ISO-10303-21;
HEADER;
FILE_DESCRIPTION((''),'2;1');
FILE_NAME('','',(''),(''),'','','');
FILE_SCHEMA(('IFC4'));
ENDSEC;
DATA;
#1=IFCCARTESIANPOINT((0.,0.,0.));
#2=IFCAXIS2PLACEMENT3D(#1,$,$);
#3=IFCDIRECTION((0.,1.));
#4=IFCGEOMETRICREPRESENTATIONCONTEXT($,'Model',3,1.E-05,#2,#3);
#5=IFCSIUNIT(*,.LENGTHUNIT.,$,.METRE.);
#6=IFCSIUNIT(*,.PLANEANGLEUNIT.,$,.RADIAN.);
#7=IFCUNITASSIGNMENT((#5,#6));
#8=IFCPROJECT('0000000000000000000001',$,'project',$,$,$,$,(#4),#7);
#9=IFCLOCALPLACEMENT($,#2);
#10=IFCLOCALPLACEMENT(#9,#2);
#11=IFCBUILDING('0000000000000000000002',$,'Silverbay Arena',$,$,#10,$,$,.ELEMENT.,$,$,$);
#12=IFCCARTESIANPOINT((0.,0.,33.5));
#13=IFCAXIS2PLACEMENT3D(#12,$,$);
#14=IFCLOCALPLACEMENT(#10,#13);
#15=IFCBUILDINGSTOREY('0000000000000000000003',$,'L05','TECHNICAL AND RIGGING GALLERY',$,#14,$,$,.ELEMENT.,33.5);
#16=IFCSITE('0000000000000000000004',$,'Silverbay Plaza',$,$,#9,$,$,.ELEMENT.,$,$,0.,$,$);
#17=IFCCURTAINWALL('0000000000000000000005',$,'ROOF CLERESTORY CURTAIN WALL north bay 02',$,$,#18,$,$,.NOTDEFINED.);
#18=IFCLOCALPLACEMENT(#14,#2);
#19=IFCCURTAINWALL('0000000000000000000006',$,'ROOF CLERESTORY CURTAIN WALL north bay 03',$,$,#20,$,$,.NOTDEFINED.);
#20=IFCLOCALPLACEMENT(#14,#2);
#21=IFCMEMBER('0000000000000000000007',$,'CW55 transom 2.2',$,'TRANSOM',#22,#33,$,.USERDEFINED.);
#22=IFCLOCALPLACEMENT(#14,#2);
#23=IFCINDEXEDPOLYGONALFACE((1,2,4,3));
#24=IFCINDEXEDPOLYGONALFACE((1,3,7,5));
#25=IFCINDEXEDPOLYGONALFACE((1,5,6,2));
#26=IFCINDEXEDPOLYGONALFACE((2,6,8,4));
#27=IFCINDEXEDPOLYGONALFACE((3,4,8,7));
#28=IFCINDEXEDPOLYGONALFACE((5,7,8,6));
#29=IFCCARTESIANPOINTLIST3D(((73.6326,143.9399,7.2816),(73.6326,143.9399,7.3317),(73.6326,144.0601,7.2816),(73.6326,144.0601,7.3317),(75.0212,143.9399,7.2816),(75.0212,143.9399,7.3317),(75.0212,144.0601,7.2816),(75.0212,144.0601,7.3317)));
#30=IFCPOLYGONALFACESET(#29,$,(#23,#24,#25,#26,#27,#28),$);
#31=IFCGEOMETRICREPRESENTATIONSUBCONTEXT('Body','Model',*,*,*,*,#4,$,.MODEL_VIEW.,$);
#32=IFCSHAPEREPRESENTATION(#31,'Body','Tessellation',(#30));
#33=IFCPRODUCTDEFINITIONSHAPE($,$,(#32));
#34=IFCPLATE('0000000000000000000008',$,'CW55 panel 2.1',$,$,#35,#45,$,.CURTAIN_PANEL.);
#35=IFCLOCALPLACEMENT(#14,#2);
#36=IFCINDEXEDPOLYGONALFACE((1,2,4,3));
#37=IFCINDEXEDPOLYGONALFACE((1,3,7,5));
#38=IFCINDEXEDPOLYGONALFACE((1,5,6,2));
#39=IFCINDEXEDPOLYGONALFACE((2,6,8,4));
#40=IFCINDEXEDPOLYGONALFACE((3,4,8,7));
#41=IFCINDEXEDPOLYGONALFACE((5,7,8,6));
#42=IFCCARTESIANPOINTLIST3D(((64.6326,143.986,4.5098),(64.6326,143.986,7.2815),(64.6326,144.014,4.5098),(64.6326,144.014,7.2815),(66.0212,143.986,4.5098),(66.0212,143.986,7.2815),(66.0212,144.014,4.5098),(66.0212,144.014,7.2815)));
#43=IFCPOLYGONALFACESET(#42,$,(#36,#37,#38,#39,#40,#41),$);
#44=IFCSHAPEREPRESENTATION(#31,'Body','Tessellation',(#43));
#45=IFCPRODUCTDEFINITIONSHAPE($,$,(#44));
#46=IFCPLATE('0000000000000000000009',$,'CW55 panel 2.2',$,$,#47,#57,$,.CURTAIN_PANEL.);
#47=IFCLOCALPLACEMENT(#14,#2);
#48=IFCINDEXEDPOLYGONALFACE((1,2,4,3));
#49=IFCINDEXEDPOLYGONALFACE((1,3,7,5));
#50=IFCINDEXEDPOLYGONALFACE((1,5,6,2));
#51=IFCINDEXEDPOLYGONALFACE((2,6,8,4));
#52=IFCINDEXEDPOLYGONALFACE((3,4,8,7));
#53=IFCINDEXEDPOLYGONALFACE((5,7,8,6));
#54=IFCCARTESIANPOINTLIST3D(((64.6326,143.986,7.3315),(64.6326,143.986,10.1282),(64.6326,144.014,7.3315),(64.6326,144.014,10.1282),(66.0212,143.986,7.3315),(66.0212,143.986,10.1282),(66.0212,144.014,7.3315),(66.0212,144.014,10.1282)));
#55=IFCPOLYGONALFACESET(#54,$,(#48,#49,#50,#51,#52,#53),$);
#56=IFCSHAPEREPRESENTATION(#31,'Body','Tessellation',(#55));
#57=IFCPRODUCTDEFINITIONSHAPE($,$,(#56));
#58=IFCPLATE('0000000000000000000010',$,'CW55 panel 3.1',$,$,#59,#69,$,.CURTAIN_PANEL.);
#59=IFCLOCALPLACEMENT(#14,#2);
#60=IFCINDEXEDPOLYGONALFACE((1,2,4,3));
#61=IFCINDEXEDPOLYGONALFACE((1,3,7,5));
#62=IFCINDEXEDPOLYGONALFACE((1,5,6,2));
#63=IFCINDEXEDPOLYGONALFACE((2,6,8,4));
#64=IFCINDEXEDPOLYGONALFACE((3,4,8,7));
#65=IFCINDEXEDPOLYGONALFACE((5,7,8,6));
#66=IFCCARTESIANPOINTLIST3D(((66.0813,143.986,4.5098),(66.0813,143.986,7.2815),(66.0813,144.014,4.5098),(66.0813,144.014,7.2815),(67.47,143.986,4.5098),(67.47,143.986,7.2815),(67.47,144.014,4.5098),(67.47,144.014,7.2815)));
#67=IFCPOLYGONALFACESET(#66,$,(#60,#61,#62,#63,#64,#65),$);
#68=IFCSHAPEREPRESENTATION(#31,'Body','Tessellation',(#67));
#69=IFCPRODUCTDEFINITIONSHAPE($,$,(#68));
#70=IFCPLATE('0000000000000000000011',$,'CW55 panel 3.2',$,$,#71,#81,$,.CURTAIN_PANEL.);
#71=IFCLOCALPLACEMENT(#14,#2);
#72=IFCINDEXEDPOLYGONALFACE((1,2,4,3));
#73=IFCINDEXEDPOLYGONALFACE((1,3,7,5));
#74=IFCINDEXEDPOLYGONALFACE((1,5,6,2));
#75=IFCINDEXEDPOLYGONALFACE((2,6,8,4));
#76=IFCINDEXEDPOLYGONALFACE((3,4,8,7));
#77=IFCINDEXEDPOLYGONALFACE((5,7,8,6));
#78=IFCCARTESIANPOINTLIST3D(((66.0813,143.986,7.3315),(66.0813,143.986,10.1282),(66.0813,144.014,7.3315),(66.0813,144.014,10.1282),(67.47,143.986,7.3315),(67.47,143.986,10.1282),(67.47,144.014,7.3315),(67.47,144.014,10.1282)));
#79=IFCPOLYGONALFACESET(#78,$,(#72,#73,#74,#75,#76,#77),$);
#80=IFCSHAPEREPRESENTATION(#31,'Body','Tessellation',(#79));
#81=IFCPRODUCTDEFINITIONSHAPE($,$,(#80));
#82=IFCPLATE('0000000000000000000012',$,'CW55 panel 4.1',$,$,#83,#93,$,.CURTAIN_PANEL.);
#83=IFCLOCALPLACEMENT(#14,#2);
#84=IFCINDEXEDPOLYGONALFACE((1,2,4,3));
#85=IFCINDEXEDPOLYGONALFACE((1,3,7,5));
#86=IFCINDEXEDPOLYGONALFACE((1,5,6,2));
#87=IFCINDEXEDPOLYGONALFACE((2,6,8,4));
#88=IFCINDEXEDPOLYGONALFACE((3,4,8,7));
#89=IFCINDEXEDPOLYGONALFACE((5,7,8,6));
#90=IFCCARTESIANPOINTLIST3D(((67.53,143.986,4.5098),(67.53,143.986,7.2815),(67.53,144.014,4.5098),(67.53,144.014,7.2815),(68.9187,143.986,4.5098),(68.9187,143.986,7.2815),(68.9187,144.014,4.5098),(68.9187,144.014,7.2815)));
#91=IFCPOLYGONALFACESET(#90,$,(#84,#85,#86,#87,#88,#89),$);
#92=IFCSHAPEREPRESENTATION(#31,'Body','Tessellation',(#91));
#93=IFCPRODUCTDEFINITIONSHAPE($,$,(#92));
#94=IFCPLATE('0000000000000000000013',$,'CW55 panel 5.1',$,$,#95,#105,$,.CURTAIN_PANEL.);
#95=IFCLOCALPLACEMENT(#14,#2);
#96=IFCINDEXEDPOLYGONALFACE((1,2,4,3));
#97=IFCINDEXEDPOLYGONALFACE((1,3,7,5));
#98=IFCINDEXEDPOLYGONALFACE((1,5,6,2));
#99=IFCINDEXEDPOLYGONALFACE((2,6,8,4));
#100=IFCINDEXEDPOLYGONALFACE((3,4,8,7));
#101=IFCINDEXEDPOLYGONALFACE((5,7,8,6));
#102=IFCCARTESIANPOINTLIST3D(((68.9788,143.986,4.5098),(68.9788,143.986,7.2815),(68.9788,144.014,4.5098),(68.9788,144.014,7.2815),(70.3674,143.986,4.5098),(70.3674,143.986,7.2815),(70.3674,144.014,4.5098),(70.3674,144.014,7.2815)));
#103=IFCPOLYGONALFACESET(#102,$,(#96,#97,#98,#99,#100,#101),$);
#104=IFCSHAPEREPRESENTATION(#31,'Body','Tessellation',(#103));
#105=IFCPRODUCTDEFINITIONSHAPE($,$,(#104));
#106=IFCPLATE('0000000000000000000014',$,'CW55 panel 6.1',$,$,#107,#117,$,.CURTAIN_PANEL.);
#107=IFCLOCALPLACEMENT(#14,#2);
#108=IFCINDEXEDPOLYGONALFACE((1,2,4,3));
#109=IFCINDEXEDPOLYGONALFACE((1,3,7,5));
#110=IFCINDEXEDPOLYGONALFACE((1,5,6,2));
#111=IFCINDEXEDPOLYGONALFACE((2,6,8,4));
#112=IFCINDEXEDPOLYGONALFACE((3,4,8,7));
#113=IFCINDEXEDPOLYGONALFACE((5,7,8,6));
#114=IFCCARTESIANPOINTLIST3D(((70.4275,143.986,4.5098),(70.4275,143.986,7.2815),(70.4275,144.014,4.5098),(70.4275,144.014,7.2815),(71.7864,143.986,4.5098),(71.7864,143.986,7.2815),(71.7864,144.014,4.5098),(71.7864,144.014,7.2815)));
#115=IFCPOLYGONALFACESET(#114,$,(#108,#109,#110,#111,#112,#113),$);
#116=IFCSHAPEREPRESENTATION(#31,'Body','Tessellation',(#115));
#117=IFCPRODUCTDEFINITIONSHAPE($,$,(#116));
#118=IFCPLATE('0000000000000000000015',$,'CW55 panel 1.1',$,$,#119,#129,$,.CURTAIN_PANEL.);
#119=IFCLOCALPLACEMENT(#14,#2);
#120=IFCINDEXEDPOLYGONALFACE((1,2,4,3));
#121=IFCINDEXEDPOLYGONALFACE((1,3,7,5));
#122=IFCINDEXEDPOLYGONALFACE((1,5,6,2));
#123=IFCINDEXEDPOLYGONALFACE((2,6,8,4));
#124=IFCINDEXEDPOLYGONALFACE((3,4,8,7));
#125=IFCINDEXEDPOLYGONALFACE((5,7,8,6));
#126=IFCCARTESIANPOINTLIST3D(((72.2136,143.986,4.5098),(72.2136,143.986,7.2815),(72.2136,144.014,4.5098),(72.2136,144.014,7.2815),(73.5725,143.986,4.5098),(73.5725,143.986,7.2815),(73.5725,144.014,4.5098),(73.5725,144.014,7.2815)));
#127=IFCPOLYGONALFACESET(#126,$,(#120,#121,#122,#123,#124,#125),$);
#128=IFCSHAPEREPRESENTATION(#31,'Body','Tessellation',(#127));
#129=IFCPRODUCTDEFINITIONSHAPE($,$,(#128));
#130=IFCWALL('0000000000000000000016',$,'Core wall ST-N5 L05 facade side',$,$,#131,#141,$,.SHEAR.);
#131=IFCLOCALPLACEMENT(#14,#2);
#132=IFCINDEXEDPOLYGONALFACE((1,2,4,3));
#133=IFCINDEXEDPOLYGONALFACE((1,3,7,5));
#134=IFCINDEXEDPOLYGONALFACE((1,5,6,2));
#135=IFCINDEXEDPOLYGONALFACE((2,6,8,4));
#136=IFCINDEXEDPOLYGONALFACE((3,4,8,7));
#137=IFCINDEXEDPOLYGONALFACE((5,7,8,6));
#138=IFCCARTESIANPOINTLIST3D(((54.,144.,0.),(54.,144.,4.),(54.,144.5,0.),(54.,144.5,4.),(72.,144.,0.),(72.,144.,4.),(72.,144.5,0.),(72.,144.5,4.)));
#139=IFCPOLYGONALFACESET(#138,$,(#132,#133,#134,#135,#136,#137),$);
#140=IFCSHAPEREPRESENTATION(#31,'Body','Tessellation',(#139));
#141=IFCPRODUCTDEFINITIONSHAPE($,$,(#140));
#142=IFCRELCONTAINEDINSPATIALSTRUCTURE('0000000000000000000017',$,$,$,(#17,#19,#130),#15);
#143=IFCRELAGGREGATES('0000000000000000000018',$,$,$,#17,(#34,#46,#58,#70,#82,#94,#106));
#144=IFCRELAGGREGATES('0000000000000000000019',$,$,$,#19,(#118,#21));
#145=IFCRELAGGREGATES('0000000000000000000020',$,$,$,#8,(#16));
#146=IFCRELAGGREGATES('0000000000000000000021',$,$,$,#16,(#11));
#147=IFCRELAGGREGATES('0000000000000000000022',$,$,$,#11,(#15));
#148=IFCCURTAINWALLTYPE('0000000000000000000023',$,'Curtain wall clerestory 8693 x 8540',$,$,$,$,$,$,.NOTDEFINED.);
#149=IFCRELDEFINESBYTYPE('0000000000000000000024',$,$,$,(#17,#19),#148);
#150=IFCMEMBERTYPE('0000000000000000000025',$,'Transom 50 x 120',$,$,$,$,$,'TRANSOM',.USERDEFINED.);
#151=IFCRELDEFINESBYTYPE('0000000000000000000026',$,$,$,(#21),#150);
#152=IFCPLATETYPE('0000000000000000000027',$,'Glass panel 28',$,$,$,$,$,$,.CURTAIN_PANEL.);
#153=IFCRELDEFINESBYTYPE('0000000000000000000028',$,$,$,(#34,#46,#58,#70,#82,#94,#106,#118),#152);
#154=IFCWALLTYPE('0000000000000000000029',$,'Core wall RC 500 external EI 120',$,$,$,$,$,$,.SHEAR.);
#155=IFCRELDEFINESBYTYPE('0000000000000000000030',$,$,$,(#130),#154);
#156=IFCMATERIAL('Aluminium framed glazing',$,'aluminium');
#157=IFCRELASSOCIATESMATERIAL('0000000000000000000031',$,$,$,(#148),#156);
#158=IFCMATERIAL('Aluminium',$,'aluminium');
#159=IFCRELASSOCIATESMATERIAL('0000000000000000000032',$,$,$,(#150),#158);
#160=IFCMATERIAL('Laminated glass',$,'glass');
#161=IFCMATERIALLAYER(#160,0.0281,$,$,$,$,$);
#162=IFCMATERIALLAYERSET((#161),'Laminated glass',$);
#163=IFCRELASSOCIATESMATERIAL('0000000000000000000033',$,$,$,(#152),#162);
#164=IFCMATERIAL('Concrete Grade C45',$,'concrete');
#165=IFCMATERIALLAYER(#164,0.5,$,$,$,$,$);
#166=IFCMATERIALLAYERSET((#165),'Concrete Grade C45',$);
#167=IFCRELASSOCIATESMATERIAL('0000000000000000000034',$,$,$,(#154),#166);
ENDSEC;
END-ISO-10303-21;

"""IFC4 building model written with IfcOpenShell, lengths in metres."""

from ifc_helpers import new_model, si_unit, direction, frame, frame_2d, origin, origin_2d, place, context, subcontext, project, spatial, rectangle, extrude, material, layer, layer_set, material_profile, profile_set, type_object, element, aggregate, save


model = new_model("IFC4")

# Units and contexts
model_context = context("Model", 3, precision=1e-05, world=origin(), true_north=direction((0.0, 1.0)))
body_context = subcontext(model_context, "Body", "Model", "MODEL_VIEW")
ifc_project = project(units=[si_unit("LENGTHUNIT", "METRE"), si_unit("PLANEANGLEUNIT", "RADIAN")], contexts=[model_context])

# Site, building, storey
site_placement = place(None, origin())
site = spatial("IfcSite", under=ifc_project, at=site_placement, Name="Silverbay Plaza", CompositionType="ELEMENT", RefElevation=0.0)
building_placement = place(site_placement, origin())
building = spatial("IfcBuilding", under=site, at=building_placement, Name="Silverbay Arena", CompositionType="ELEMENT")
storey_placement = place(building_placement, frame((0.0, 0.0, 33.5)))
storey = spatial("IfcBuildingStorey", under=building, at=storey_placement, Name="L05", Description="TECHNICAL AND RIGGING GALLERY", CompositionType="ELEMENT", Elevation=33.5)

# Curtain walls
ifc_material_1 = material(Name="Aluminium framed glazing", Category="aluminium")
curtain_wall_type = type_object("IfcCurtainWallType", Name="Curtain wall clerestory 8693 x 8540", PredefinedType="NOTDEFINED", material=ifc_material_1)
curtain_wall_1_placement = place(storey_placement, origin())
curtain_wall_1 = element("IfcCurtainWall", 1, at=curtain_wall_1_placement, inside=storey, type_object=curtain_wall_type, Name="ROOF CLERESTORY CURTAIN WALL north bay 02", PredefinedType="NOTDEFINED")
curtain_wall_2_placement = place(storey_placement, origin())
curtain_wall_2 = element("IfcCurtainWall", 2, at=curtain_wall_2_placement, inside=storey, type_object=curtain_wall_type, Name="ROOF CLERESTORY CURTAIN WALL north bay 03", PredefinedType="NOTDEFINED")

# Member
ifc_material_2 = material(Name="Aluminium", Category="aluminium")
ifc_material_profile_1 = material_profile(ifc_material_2, rectangle(XDim=0.1201, YDim=0.05, at=origin_2d()), Name="Transom 50 x 120")
ifc_profile_set_1 = profile_set([ifc_material_profile_1], Name="Aluminium")
member_type_1 = type_object("IfcMemberType", Name="Transom 50 x 120", ElementType="TRANSOM", PredefinedType="USERDEFINED", material=ifc_profile_set_1)
member_1_placement = place(storey_placement, frame((73.6326, 144.0, 7.3066), z_axis=(1.0, 0.0, 0.0), x_axis=(0.0, 1.0, 0.0)))
member_1 = element("IfcMember", 3, at=member_1_placement, type_object=member_type_1, Name="CW55 transom 2.2", ObjectType="TRANSOM", PredefinedType="USERDEFINED", context=body_context, shape_type="SweptSolid", body=[
    extrude(rectangle(XDim=0.1201, YDim=0.05, at=origin_2d()), origin(), (0.0, 0.0, 1.0), 1.3887),
])

# Plates
ifc_material_3 = material(Name="Laminated glass", Category="glass")
ifc_layer_1 = layer(ifc_material_3, 0.0281)
ifc_layer_set_1 = layer_set([ifc_layer_1], Name="Laminated glass")
plate_type = type_object("IfcPlateType", Name="Glass panel 28", PredefinedType="CURTAIN_PANEL", material=ifc_layer_set_1)
plate_1_placement = place(storey_placement, frame((65.3269, 144.0, 4.5098), z_axis=(0.0, 0.0, 1.0), x_axis=(1.0, 0.0, 0.0)))
plate_1 = element("IfcPlate", 4, at=plate_1_placement, type_object=plate_type, Name="CW55 panel 2.1", PredefinedType="CURTAIN_PANEL", context=body_context, shape_type="SweptSolid", body=[
    extrude(rectangle(XDim=1.3887, YDim=0.0281, at=origin_2d()), origin(), (0.0, 0.0, 1.0), 2.7717),
])
plate_2_placement = place(storey_placement, frame((65.3269, 144.0, 7.3315), z_axis=(0.0, 0.0, 1.0), x_axis=(1.0, 0.0, 0.0)))
plate_2 = element("IfcPlate", 5, at=plate_2_placement, type_object=plate_type, Name="CW55 panel 2.2", PredefinedType="CURTAIN_PANEL", context=body_context, shape_type="SweptSolid", body=[
    extrude(rectangle(XDim=1.3887, YDim=0.0281, at=origin_2d()), origin(), (0.0, 0.0, 1.0), 2.7966),
])
plate_3_placement = place(storey_placement, frame((66.7756, 144.0, 4.5098), z_axis=(0.0, 0.0, 1.0), x_axis=(1.0, 0.0, 0.0)))
plate_3 = element("IfcPlate", 6, at=plate_3_placement, type_object=plate_type, Name="CW55 panel 3.1", PredefinedType="CURTAIN_PANEL", context=body_context, shape_type="SweptSolid", body=[
    extrude(rectangle(XDim=1.3887, YDim=0.0281, at=origin_2d()), origin(), (0.0, 0.0, 1.0), 2.7717),
])
plate_4_placement = place(storey_placement, frame((66.7756, 144.0, 7.3315), z_axis=(0.0, 0.0, 1.0), x_axis=(1.0, 0.0, 0.0)))
plate_4 = element("IfcPlate", 7, at=plate_4_placement, type_object=plate_type, Name="CW55 panel 3.2", PredefinedType="CURTAIN_PANEL", context=body_context, shape_type="SweptSolid", body=[
    extrude(rectangle(XDim=1.3887, YDim=0.0281, at=origin_2d()), origin(), (0.0, 0.0, 1.0), 2.7966),
])
plate_5_placement = place(storey_placement, frame((68.2244, 144.0, 4.5098), z_axis=(0.0, 0.0, 1.0), x_axis=(1.0, 0.0, 0.0)))
plate_5 = element("IfcPlate", 8, at=plate_5_placement, type_object=plate_type, Name="CW55 panel 4.1", PredefinedType="CURTAIN_PANEL", context=body_context, shape_type="SweptSolid", body=[
    extrude(rectangle(XDim=1.3887, YDim=0.0281, at=origin_2d()), origin(), (0.0, 0.0, 1.0), 2.7717),
])
plate_6_placement = place(storey_placement, frame((69.6731, 144.0, 4.5098), z_axis=(0.0, 0.0, 1.0), x_axis=(1.0, 0.0, 0.0)))
plate_6 = element("IfcPlate", 9, at=plate_6_placement, type_object=plate_type, Name="CW55 panel 5.1", PredefinedType="CURTAIN_PANEL", context=body_context, shape_type="SweptSolid", body=[
    extrude(rectangle(XDim=1.3887, YDim=0.0281, at=origin_2d()), origin(), (0.0, 0.0, 1.0), 2.7717),
])
plate_7_placement = place(storey_placement, frame((71.1069, 144.0, 4.5098), z_axis=(0.0, 0.0, 1.0), x_axis=(1.0, 0.0, 0.0)))
plate_7 = element("IfcPlate", 10, at=plate_7_placement, type_object=plate_type, Name="CW55 panel 6.1", PredefinedType="CURTAIN_PANEL", context=body_context, shape_type="SweptSolid", body=[
    extrude(rectangle(XDim=1.3589, YDim=0.0281, at=origin_2d()), origin(), (0.0, 0.0, 1.0), 2.7717),
])
aggregate(curtain_wall_1, [plate_1, plate_2, plate_3, plate_4, plate_5, plate_6, plate_7])
plate_8_placement = place(storey_placement, frame((72.8931, 144.0, 4.5098), z_axis=(0.0, 0.0, 1.0), x_axis=(1.0, 0.0, 0.0)))
plate_8 = element("IfcPlate", 11, at=plate_8_placement, type_object=plate_type, Name="CW55 panel 1.1", PredefinedType="CURTAIN_PANEL", context=body_context, shape_type="SweptSolid", body=[
    extrude(rectangle(XDim=1.3589, YDim=0.0281, at=origin_2d()), origin(), (0.0, 0.0, 1.0), 2.7717),
])
aggregate(curtain_wall_2, [plate_8, member_1])

# Wall
ifc_material_4 = material(Name="Concrete Grade C45", Category="concrete")
ifc_layer_2 = layer(ifc_material_4, 0.5)
ifc_layer_set_2 = layer_set([ifc_layer_2], Name="Concrete Grade C45")
wall_type = type_object("IfcWallType", Name="Core wall RC 500 external EI 120", PredefinedType="SHEAR", material=ifc_layer_set_2)
wall_placement = place(storey_placement, frame((72.0, 144.25, 0.0), z_axis=(0.0, 0.0, 1.0), x_axis=(-1.0, 0.0, 0.0)))
element("IfcWall", 12, at=wall_placement, inside=storey, type_object=wall_type, Name="Core wall ST-N5 L05 facade side", PredefinedType="SHEAR", context=body_context, shape_type="SweptSolid", body=[
    extrude(rectangle(XDim=18.0, YDim=0.5, at=frame_2d((9.0, 0.0))), origin(), (0.0, 0.0, 1.0), 4.0),
])

save(model, "model.ifc")
